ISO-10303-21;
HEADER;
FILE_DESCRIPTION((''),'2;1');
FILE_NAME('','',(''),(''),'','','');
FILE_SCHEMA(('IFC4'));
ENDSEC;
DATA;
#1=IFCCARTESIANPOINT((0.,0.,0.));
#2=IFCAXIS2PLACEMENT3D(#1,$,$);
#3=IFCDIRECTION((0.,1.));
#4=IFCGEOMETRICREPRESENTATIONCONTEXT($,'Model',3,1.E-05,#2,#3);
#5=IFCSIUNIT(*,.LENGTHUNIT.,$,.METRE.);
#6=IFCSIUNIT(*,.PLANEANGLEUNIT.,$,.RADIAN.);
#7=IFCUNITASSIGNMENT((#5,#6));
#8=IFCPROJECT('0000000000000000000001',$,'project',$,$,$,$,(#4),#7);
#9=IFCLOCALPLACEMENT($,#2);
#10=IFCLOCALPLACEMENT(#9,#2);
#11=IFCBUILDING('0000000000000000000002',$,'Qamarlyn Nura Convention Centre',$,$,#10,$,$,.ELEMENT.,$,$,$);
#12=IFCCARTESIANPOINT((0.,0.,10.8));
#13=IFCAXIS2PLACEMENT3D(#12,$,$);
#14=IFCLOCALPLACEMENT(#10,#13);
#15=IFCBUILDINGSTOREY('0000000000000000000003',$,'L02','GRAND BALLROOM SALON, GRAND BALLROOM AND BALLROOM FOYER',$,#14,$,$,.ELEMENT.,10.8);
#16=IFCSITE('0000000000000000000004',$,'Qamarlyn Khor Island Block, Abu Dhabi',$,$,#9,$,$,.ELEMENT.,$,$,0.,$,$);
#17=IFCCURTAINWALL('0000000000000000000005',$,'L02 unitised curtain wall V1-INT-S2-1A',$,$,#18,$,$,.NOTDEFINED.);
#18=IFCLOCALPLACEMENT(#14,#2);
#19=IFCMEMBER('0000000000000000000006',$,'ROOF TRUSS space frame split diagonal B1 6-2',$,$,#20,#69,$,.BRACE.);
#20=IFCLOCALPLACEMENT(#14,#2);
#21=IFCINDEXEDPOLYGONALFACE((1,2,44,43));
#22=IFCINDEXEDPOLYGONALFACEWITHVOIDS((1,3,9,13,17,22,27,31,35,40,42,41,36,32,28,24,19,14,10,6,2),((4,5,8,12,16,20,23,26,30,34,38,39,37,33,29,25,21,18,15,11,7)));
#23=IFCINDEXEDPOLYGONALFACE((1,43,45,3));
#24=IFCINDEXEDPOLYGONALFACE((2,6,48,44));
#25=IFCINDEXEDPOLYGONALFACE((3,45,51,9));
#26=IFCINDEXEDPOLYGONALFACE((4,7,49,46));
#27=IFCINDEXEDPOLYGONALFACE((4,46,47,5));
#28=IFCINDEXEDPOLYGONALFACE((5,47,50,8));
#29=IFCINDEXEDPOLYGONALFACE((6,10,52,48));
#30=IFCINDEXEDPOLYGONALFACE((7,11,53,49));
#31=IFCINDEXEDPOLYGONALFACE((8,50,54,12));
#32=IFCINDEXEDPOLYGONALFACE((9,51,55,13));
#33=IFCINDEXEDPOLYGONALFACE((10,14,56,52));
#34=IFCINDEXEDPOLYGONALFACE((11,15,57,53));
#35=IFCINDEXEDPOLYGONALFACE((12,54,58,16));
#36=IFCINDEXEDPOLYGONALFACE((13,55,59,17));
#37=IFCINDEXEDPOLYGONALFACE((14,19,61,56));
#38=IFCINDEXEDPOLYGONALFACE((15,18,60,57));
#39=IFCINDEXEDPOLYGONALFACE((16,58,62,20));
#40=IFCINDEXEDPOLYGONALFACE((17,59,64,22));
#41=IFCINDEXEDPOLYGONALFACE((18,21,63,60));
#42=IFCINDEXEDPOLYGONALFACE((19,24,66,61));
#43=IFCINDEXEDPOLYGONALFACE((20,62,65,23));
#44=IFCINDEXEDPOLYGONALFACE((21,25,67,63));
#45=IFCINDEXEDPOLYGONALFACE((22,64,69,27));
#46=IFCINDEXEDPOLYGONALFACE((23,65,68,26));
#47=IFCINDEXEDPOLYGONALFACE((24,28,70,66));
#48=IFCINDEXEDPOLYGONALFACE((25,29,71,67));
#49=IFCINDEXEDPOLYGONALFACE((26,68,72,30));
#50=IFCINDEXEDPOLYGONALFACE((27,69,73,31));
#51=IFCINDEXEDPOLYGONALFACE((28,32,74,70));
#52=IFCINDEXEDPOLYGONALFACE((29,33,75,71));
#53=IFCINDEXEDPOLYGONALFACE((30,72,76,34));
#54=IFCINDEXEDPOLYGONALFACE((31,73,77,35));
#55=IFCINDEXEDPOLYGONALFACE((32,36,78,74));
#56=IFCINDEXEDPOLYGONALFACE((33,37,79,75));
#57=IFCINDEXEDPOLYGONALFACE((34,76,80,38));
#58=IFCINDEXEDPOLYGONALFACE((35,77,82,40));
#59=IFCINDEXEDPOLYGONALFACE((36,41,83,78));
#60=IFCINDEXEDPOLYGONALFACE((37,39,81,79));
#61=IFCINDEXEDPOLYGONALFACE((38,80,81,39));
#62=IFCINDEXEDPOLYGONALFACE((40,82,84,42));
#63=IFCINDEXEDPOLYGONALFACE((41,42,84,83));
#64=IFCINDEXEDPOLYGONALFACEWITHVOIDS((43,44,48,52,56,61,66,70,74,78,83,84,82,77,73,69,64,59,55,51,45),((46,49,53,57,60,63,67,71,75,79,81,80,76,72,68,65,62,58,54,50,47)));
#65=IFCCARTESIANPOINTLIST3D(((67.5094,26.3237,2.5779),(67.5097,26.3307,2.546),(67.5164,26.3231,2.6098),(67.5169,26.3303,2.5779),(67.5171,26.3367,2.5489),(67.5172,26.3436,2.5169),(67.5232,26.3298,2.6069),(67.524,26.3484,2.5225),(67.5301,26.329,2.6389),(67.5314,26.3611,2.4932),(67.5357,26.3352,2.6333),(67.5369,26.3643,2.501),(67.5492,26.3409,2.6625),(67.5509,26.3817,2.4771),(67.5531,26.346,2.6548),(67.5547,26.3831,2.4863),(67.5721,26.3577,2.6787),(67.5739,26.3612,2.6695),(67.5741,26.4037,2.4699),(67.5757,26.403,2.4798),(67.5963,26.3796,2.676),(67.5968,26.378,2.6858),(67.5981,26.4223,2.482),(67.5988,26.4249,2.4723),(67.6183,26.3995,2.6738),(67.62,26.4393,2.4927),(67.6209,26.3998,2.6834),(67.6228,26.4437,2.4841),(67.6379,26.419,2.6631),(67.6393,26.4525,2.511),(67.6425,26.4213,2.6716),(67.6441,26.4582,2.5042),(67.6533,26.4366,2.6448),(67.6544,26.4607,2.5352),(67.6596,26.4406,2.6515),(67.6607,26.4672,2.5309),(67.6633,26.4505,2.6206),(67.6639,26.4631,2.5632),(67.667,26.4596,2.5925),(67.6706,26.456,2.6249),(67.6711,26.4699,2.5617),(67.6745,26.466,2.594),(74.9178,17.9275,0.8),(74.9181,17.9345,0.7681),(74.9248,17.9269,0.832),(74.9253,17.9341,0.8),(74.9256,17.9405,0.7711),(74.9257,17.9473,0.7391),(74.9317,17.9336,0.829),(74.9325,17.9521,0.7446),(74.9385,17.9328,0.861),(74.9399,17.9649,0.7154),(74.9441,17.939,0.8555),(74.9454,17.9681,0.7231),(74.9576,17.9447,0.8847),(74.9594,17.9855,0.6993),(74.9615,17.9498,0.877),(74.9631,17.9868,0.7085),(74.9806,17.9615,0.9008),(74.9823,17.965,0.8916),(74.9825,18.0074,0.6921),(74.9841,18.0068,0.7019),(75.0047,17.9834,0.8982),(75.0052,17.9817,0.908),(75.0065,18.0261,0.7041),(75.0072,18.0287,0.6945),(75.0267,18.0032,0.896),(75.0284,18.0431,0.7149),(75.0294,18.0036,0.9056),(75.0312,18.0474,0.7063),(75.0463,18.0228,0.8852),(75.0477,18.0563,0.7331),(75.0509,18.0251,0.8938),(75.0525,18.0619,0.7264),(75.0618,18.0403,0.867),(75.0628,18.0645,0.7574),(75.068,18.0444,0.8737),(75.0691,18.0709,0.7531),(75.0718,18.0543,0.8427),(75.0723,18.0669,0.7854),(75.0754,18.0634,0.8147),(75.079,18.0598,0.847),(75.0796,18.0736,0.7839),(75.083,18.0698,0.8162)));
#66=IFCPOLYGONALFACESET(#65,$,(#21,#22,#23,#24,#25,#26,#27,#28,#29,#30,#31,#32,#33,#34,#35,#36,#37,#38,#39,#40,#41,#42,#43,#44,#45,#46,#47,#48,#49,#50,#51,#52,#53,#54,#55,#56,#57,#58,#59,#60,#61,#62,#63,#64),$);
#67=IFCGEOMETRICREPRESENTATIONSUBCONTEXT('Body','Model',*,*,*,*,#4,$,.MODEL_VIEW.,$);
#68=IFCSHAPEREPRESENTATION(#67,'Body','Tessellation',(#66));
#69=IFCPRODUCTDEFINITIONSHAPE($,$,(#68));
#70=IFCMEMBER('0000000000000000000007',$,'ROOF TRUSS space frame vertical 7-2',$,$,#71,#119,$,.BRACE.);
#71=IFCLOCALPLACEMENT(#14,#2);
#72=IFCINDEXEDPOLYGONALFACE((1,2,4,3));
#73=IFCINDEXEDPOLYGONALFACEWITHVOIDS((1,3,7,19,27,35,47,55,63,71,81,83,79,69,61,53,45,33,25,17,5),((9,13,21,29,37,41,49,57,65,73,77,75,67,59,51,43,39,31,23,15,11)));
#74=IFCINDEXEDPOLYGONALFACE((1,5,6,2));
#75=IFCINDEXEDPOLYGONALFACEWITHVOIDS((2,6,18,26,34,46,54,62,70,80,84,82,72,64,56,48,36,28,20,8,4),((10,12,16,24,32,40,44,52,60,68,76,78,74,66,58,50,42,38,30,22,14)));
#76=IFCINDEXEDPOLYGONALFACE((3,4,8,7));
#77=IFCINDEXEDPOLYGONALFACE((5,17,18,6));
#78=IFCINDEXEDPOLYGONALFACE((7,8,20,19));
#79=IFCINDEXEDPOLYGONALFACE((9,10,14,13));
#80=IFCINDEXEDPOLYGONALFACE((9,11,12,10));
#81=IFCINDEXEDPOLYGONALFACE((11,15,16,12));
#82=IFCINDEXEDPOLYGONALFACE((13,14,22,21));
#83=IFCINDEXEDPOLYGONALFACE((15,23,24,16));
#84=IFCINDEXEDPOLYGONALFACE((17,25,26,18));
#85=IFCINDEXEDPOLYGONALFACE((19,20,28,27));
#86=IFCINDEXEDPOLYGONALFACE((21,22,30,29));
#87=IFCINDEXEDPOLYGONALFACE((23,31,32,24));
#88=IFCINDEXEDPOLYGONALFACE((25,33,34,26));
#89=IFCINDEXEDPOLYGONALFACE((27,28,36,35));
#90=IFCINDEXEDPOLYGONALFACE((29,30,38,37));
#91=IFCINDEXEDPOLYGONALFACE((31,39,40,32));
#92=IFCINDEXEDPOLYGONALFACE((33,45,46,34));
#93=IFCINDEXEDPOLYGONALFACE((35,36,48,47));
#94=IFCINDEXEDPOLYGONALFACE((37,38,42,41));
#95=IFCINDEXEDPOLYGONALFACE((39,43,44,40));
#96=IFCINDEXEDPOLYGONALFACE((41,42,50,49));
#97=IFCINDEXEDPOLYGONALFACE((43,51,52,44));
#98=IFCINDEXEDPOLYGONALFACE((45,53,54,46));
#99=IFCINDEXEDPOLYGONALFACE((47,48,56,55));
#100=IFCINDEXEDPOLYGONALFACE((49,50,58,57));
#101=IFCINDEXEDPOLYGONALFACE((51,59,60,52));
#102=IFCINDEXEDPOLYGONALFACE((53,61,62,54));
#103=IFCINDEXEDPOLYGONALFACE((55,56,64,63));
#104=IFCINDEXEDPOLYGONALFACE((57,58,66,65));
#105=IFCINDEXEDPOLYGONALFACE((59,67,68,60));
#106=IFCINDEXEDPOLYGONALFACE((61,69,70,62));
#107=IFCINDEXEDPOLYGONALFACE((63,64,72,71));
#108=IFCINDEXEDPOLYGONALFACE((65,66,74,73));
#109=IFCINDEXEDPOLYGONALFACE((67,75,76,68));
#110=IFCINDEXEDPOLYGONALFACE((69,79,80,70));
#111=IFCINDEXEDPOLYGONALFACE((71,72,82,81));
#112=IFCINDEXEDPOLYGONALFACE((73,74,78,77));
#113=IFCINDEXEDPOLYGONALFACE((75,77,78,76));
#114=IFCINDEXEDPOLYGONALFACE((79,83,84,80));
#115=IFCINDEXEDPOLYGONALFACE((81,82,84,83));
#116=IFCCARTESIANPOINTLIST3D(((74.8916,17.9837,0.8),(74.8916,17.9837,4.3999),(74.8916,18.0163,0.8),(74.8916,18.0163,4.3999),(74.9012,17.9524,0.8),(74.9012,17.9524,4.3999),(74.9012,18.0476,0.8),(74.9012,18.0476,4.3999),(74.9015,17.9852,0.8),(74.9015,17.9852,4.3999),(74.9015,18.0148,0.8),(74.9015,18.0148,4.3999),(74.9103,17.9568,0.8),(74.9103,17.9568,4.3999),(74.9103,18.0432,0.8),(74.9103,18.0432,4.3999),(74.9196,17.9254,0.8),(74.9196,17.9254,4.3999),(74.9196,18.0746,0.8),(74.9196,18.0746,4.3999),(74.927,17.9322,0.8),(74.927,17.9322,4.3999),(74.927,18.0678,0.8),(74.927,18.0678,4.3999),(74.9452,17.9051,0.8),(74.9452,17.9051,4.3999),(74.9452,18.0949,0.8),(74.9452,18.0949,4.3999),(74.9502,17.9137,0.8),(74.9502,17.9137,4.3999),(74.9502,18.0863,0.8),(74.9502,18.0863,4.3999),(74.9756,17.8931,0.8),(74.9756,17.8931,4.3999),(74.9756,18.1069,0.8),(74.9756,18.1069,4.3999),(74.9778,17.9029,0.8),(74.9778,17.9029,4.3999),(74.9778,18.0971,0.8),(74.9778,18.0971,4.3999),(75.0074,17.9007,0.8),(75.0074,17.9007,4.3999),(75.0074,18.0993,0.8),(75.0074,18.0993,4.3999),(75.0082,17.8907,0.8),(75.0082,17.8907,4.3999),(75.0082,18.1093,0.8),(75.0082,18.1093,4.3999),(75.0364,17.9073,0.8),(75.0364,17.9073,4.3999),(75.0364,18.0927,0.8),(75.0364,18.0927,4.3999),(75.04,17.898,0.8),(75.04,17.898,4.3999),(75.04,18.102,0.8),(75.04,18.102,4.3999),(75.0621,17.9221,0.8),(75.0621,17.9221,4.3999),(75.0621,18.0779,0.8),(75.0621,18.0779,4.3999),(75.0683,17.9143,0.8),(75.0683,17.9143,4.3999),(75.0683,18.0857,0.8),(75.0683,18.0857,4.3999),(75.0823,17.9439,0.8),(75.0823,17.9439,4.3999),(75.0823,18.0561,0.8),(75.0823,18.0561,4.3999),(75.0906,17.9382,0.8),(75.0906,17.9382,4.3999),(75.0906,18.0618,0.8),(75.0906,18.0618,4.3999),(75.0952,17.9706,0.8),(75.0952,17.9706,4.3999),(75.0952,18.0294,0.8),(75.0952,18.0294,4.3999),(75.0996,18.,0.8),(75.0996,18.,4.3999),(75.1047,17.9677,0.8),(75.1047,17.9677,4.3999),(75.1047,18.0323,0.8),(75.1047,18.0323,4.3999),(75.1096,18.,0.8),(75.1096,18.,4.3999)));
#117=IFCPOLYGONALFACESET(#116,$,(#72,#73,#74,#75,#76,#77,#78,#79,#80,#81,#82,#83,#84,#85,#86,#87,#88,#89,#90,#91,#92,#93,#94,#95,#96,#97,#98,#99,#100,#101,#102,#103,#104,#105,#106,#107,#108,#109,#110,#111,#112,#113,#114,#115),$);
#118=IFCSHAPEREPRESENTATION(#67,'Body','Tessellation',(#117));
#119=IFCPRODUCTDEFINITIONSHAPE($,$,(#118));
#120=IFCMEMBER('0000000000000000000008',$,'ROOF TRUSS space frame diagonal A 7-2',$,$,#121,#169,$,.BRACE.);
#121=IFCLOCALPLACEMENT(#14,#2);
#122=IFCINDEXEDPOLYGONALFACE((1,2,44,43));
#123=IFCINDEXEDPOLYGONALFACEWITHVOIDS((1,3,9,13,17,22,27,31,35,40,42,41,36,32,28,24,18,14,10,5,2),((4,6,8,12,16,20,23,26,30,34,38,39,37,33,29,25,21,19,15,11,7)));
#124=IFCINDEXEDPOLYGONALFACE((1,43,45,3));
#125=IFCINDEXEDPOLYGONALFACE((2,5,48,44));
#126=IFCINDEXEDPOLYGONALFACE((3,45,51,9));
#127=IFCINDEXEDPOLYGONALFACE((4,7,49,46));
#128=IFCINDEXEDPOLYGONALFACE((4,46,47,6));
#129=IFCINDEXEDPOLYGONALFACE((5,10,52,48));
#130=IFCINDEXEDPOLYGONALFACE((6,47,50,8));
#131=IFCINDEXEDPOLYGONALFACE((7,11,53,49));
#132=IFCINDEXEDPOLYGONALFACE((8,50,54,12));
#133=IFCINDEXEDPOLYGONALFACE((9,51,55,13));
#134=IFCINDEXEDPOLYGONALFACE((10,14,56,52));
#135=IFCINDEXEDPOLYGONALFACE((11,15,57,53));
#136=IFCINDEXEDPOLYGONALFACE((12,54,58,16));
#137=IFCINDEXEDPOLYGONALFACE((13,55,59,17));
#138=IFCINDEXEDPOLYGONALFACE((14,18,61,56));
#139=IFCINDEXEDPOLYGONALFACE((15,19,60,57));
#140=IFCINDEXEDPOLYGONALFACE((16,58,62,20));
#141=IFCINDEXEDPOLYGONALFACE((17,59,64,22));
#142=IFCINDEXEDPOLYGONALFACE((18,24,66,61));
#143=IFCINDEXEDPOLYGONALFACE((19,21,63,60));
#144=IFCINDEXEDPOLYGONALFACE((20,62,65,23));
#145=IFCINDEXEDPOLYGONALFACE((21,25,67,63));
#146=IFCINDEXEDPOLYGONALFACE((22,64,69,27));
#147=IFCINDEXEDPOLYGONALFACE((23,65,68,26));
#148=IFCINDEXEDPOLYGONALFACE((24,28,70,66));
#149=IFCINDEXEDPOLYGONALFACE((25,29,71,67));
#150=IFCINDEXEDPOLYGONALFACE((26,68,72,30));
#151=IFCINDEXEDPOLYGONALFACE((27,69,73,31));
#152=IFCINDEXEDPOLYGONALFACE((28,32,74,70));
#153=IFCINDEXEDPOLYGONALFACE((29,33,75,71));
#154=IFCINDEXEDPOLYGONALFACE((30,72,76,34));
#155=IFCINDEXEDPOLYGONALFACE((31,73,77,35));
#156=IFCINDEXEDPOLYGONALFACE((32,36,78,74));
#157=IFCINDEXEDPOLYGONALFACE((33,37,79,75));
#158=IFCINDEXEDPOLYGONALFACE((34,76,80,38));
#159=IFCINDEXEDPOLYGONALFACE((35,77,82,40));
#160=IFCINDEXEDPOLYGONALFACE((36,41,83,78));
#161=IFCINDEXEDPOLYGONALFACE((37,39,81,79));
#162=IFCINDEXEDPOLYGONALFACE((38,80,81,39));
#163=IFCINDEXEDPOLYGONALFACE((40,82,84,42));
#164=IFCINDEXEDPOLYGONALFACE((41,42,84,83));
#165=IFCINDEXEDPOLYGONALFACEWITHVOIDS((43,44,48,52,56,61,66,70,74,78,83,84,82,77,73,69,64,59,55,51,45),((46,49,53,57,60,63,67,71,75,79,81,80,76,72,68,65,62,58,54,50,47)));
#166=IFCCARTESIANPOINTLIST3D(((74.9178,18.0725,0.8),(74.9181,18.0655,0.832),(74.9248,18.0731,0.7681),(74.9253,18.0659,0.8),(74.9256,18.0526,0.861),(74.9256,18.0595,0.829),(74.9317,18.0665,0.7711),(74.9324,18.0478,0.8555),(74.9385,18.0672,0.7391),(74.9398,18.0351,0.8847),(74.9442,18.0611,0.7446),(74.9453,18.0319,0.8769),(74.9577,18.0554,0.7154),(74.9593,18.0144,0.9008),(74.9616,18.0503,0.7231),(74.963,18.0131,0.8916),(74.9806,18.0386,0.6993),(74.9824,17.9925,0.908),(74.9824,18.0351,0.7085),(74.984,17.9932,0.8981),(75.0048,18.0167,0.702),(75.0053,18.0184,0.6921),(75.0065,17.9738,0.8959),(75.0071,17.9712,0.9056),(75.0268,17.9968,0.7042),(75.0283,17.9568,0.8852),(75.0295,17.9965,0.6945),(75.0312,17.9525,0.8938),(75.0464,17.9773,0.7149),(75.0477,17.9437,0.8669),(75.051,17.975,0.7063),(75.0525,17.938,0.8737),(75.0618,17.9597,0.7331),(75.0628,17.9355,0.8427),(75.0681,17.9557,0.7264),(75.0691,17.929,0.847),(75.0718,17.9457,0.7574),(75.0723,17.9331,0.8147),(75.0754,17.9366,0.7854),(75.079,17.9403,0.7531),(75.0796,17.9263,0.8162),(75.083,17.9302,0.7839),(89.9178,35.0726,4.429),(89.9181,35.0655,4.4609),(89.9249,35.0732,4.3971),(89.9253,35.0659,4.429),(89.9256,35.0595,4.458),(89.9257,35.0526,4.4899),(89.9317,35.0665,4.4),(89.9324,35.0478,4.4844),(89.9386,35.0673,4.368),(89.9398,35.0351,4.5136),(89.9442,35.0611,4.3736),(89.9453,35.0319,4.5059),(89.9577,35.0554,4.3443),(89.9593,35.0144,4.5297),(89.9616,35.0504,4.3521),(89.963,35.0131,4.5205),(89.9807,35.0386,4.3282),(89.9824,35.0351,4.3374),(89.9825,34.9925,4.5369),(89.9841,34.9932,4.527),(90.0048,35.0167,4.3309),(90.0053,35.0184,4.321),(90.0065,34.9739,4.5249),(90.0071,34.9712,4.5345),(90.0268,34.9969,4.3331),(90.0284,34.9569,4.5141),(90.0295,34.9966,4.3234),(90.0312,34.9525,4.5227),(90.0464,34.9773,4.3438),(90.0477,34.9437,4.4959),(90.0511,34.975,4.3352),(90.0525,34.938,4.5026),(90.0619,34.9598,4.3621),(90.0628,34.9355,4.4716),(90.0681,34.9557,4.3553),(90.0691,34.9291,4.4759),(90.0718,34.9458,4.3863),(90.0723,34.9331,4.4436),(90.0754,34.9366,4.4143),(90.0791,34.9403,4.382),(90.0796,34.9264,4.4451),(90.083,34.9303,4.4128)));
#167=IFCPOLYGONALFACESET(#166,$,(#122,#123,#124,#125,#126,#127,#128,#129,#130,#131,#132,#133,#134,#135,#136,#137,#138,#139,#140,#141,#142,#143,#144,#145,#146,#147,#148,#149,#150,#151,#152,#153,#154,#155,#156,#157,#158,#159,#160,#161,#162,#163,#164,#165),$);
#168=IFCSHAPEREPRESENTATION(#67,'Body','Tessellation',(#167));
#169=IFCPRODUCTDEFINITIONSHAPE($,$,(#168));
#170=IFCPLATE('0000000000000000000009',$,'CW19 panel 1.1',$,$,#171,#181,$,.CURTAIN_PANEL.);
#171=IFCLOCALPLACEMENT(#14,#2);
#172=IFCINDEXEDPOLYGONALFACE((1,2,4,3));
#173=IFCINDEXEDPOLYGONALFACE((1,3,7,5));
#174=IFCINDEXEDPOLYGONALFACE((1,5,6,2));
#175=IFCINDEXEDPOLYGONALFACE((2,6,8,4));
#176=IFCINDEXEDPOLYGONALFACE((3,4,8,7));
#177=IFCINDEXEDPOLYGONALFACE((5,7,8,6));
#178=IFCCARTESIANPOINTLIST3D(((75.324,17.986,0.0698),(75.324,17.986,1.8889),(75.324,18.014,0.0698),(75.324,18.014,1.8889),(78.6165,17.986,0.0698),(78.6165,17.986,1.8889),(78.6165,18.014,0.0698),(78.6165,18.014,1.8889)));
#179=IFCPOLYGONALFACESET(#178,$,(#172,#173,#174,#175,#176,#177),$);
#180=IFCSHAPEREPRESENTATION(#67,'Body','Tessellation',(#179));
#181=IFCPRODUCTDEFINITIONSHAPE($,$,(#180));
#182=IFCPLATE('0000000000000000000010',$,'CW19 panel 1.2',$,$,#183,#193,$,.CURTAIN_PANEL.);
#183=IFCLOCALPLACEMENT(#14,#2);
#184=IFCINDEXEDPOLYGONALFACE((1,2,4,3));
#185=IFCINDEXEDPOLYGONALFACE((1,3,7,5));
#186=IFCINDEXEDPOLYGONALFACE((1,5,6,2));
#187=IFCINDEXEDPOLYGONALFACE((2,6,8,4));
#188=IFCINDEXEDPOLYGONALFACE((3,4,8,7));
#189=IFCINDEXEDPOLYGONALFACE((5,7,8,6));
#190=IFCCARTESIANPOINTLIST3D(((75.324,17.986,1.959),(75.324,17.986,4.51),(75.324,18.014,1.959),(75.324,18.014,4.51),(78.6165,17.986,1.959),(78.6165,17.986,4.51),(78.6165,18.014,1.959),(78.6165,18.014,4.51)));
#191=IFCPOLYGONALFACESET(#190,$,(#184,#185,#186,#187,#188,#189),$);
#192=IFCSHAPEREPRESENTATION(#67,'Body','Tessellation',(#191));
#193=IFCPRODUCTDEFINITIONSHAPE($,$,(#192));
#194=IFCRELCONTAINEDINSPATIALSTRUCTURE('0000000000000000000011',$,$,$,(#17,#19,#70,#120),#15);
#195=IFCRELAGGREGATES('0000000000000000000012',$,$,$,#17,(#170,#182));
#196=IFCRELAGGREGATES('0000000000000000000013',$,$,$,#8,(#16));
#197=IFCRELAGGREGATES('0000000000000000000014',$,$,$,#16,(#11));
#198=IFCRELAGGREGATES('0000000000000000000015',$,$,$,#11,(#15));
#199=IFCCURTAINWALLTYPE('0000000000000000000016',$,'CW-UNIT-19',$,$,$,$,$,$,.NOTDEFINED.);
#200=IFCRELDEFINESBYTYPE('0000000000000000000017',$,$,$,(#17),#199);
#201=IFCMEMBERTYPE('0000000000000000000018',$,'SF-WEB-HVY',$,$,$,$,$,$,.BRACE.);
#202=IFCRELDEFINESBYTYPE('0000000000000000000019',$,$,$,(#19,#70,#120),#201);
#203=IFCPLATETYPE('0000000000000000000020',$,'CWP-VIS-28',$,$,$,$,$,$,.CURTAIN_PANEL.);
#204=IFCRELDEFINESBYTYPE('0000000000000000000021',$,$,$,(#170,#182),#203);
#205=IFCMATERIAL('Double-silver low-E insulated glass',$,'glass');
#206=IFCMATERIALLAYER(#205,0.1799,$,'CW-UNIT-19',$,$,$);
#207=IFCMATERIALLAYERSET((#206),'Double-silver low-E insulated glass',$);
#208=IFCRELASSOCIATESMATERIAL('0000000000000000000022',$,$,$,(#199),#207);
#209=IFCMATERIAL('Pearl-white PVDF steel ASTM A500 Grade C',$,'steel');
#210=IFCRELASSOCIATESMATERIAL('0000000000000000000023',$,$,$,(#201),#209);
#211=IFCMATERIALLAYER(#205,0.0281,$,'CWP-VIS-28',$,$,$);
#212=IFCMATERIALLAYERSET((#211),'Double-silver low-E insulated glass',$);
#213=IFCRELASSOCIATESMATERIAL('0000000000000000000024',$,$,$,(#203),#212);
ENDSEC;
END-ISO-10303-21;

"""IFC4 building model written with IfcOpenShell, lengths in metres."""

from ifc_helpers import new_model, si_unit, direction, frame, origin, origin_2d, place, context, subcontext, project, spatial, rectangle, hollow_circle, extrude, material, layer, layer_set, material_profile, profile_set, type_object, element, aggregate, save


model = new_model("IFC4")

# Units and contexts
model_context = context("Model", 3, precision=1e-05, world=origin(), true_north=direction((0.0, 1.0)))
body_context = subcontext(model_context, "Body", "Model", "MODEL_VIEW")
ifc_project = project(units=[si_unit("LENGTHUNIT", "METRE"), si_unit("PLANEANGLEUNIT", "RADIAN")], contexts=[model_context])

# Site, building, storey
site_placement = place(None, origin())
site = spatial("IfcSite", under=ifc_project, at=site_placement, Name="Qamarlyn Khor Island Block, Abu Dhabi", CompositionType="ELEMENT", RefElevation=0.0)
building_placement = place(site_placement, origin())
building = spatial("IfcBuilding", under=site, at=building_placement, Name="Qamarlyn Nura Convention Centre", CompositionType="ELEMENT")
storey_placement = place(building_placement, frame((0.0, 0.0, 10.8)))
storey = spatial("IfcBuildingStorey", under=building, at=storey_placement, Name="L02", Description="GRAND BALLROOM SALON, GRAND BALLROOM AND BALLROOM FOYER", CompositionType="ELEMENT", Elevation=10.8)

# Shared definitions
ifc_material_1 = material(Name="Pearl-white PVDF steel ASTM A500 Grade C", Category="steel")

# Shared definitions
ifc_material_2 = material(Name="Double-silver low-E insulated glass", Category="glass")

# Curtain wall
ifc_layer_1 = layer(ifc_material_2, 0.1799, Name="CW-UNIT-19")
ifc_layer_set_1 = layer_set([ifc_layer_1], Name="Double-silver low-E insulated glass")
curtain_wall_type_1 = type_object("IfcCurtainWallType", Name="CW-UNIT-19", PredefinedType="NOTDEFINED", material=ifc_layer_set_1)
curtain_wall_1_placement = place(storey_placement, origin())
curtain_wall_1 = element("IfcCurtainWall", 1, at=curtain_wall_1_placement, inside=storey, type_object=curtain_wall_type_1, Name="L02 unitised curtain wall V1-INT-S2-1A", PredefinedType="NOTDEFINED")

# Members
ifc_material_profile_1 = material_profile(ifc_material_1, hollow_circle(Radius=0.1096, WallThickness=0.01, at=origin_2d()), Name="CHS219.1X10")
ifc_profile_set_1 = profile_set([ifc_material_profile_1], Name="Pearl-white PVDF steel ASTM A500 Grade C")
member_type_1 = type_object("IfcMemberType", Name="SF-WEB-HVY", PredefinedType="BRACE", material=ifc_profile_set_1)
member_1_placement = place(storey_placement, frame((75.0, 18.0, 0.8), z_axis=(-0.653437, 0.740562, 0.156808), x_axis=(-0.749838, -0.661622, 0.0)))
element("IfcMember", 2, at=member_1_placement, inside=storey, type_object=member_type_1, Name="ROOF TRUSS space frame split diagonal B1 6-2", PredefinedType="BRACE", context=body_context, shape_type="SweptSolid", body=[
    extrude(hollow_circle(Radius=0.1096, WallThickness=0.01, at=origin_2d()), origin(), (0.0, 0.0, 1.0), 11.3376),
])
member_2_placement = place(storey_placement, frame((75.0, 18.0, 0.8), z_axis=(0.0, 0.0, 1.0), x_axis=(1.0, 0.0, 0.0)))
element("IfcMember", 3, at=member_2_placement, inside=storey, type_object=member_type_1, Name="ROOF TRUSS space frame vertical 7-2", PredefinedType="BRACE", context=body_context, shape_type="SweptSolid", body=[
    extrude(hollow_circle(Radius=0.1096, WallThickness=0.01, at=origin_2d()), origin(), (0.0, 0.0, 1.0), 3.5999),
])
member_3_placement = place(storey_placement, frame((75.0, 18.0, 0.8), z_axis=(0.653306, 0.740413, 0.158052), x_axis=(-0.749838, 0.661622, 0.0)))
element("IfcMember", 4, at=member_3_placement, inside=storey, type_object=member_type_1, Name="ROOF TRUSS space frame diagonal A 7-2", PredefinedType="BRACE", context=body_context, shape_type="SweptSolid", body=[
    extrude(hollow_circle(Radius=0.1096, WallThickness=0.01, at=origin_2d()), origin(), (0.0, 0.0, 1.0), 22.9602),
])

# Plates
ifc_layer_2 = layer(ifc_material_2, 0.0281, Name="CWP-VIS-28")
ifc_layer_set_2 = layer_set([ifc_layer_2], Name="Double-silver low-E insulated glass")
plate_type_1 = type_object("IfcPlateType", Name="CWP-VIS-28", PredefinedType="CURTAIN_PANEL", material=ifc_layer_set_2)
plate_1_placement = place(storey_placement, frame((76.9702, 18.0, 0.0698), z_axis=(0.0, 0.0, 1.0), x_axis=(1.0, 0.0, 0.0)))
plate_1 = element("IfcPlate", 5, at=plate_1_placement, type_object=plate_type_1, Name="CW19 panel 1.1", PredefinedType="CURTAIN_PANEL", context=body_context, shape_type="SweptSolid", body=[
    extrude(rectangle(XDim=3.2925, YDim=0.0281, at=origin_2d()), origin(), (0.0, 0.0, 1.0), 1.8191),
])
plate_2_placement = place(storey_placement, frame((76.9702, 18.0, 1.959), z_axis=(0.0, 0.0, 1.0), x_axis=(1.0, 0.0, 0.0)))
plate_2 = element("IfcPlate", 6, at=plate_2_placement, type_object=plate_type_1, Name="CW19 panel 1.2", PredefinedType="CURTAIN_PANEL", context=body_context, shape_type="SweptSolid", body=[
    extrude(rectangle(XDim=3.2925, YDim=0.0281, at=origin_2d()), origin(), (0.0, 0.0, 1.0), 2.551),
])
aggregate(curtain_wall_1, [plate_1, plate_2])

save(model, "model.ifc")
